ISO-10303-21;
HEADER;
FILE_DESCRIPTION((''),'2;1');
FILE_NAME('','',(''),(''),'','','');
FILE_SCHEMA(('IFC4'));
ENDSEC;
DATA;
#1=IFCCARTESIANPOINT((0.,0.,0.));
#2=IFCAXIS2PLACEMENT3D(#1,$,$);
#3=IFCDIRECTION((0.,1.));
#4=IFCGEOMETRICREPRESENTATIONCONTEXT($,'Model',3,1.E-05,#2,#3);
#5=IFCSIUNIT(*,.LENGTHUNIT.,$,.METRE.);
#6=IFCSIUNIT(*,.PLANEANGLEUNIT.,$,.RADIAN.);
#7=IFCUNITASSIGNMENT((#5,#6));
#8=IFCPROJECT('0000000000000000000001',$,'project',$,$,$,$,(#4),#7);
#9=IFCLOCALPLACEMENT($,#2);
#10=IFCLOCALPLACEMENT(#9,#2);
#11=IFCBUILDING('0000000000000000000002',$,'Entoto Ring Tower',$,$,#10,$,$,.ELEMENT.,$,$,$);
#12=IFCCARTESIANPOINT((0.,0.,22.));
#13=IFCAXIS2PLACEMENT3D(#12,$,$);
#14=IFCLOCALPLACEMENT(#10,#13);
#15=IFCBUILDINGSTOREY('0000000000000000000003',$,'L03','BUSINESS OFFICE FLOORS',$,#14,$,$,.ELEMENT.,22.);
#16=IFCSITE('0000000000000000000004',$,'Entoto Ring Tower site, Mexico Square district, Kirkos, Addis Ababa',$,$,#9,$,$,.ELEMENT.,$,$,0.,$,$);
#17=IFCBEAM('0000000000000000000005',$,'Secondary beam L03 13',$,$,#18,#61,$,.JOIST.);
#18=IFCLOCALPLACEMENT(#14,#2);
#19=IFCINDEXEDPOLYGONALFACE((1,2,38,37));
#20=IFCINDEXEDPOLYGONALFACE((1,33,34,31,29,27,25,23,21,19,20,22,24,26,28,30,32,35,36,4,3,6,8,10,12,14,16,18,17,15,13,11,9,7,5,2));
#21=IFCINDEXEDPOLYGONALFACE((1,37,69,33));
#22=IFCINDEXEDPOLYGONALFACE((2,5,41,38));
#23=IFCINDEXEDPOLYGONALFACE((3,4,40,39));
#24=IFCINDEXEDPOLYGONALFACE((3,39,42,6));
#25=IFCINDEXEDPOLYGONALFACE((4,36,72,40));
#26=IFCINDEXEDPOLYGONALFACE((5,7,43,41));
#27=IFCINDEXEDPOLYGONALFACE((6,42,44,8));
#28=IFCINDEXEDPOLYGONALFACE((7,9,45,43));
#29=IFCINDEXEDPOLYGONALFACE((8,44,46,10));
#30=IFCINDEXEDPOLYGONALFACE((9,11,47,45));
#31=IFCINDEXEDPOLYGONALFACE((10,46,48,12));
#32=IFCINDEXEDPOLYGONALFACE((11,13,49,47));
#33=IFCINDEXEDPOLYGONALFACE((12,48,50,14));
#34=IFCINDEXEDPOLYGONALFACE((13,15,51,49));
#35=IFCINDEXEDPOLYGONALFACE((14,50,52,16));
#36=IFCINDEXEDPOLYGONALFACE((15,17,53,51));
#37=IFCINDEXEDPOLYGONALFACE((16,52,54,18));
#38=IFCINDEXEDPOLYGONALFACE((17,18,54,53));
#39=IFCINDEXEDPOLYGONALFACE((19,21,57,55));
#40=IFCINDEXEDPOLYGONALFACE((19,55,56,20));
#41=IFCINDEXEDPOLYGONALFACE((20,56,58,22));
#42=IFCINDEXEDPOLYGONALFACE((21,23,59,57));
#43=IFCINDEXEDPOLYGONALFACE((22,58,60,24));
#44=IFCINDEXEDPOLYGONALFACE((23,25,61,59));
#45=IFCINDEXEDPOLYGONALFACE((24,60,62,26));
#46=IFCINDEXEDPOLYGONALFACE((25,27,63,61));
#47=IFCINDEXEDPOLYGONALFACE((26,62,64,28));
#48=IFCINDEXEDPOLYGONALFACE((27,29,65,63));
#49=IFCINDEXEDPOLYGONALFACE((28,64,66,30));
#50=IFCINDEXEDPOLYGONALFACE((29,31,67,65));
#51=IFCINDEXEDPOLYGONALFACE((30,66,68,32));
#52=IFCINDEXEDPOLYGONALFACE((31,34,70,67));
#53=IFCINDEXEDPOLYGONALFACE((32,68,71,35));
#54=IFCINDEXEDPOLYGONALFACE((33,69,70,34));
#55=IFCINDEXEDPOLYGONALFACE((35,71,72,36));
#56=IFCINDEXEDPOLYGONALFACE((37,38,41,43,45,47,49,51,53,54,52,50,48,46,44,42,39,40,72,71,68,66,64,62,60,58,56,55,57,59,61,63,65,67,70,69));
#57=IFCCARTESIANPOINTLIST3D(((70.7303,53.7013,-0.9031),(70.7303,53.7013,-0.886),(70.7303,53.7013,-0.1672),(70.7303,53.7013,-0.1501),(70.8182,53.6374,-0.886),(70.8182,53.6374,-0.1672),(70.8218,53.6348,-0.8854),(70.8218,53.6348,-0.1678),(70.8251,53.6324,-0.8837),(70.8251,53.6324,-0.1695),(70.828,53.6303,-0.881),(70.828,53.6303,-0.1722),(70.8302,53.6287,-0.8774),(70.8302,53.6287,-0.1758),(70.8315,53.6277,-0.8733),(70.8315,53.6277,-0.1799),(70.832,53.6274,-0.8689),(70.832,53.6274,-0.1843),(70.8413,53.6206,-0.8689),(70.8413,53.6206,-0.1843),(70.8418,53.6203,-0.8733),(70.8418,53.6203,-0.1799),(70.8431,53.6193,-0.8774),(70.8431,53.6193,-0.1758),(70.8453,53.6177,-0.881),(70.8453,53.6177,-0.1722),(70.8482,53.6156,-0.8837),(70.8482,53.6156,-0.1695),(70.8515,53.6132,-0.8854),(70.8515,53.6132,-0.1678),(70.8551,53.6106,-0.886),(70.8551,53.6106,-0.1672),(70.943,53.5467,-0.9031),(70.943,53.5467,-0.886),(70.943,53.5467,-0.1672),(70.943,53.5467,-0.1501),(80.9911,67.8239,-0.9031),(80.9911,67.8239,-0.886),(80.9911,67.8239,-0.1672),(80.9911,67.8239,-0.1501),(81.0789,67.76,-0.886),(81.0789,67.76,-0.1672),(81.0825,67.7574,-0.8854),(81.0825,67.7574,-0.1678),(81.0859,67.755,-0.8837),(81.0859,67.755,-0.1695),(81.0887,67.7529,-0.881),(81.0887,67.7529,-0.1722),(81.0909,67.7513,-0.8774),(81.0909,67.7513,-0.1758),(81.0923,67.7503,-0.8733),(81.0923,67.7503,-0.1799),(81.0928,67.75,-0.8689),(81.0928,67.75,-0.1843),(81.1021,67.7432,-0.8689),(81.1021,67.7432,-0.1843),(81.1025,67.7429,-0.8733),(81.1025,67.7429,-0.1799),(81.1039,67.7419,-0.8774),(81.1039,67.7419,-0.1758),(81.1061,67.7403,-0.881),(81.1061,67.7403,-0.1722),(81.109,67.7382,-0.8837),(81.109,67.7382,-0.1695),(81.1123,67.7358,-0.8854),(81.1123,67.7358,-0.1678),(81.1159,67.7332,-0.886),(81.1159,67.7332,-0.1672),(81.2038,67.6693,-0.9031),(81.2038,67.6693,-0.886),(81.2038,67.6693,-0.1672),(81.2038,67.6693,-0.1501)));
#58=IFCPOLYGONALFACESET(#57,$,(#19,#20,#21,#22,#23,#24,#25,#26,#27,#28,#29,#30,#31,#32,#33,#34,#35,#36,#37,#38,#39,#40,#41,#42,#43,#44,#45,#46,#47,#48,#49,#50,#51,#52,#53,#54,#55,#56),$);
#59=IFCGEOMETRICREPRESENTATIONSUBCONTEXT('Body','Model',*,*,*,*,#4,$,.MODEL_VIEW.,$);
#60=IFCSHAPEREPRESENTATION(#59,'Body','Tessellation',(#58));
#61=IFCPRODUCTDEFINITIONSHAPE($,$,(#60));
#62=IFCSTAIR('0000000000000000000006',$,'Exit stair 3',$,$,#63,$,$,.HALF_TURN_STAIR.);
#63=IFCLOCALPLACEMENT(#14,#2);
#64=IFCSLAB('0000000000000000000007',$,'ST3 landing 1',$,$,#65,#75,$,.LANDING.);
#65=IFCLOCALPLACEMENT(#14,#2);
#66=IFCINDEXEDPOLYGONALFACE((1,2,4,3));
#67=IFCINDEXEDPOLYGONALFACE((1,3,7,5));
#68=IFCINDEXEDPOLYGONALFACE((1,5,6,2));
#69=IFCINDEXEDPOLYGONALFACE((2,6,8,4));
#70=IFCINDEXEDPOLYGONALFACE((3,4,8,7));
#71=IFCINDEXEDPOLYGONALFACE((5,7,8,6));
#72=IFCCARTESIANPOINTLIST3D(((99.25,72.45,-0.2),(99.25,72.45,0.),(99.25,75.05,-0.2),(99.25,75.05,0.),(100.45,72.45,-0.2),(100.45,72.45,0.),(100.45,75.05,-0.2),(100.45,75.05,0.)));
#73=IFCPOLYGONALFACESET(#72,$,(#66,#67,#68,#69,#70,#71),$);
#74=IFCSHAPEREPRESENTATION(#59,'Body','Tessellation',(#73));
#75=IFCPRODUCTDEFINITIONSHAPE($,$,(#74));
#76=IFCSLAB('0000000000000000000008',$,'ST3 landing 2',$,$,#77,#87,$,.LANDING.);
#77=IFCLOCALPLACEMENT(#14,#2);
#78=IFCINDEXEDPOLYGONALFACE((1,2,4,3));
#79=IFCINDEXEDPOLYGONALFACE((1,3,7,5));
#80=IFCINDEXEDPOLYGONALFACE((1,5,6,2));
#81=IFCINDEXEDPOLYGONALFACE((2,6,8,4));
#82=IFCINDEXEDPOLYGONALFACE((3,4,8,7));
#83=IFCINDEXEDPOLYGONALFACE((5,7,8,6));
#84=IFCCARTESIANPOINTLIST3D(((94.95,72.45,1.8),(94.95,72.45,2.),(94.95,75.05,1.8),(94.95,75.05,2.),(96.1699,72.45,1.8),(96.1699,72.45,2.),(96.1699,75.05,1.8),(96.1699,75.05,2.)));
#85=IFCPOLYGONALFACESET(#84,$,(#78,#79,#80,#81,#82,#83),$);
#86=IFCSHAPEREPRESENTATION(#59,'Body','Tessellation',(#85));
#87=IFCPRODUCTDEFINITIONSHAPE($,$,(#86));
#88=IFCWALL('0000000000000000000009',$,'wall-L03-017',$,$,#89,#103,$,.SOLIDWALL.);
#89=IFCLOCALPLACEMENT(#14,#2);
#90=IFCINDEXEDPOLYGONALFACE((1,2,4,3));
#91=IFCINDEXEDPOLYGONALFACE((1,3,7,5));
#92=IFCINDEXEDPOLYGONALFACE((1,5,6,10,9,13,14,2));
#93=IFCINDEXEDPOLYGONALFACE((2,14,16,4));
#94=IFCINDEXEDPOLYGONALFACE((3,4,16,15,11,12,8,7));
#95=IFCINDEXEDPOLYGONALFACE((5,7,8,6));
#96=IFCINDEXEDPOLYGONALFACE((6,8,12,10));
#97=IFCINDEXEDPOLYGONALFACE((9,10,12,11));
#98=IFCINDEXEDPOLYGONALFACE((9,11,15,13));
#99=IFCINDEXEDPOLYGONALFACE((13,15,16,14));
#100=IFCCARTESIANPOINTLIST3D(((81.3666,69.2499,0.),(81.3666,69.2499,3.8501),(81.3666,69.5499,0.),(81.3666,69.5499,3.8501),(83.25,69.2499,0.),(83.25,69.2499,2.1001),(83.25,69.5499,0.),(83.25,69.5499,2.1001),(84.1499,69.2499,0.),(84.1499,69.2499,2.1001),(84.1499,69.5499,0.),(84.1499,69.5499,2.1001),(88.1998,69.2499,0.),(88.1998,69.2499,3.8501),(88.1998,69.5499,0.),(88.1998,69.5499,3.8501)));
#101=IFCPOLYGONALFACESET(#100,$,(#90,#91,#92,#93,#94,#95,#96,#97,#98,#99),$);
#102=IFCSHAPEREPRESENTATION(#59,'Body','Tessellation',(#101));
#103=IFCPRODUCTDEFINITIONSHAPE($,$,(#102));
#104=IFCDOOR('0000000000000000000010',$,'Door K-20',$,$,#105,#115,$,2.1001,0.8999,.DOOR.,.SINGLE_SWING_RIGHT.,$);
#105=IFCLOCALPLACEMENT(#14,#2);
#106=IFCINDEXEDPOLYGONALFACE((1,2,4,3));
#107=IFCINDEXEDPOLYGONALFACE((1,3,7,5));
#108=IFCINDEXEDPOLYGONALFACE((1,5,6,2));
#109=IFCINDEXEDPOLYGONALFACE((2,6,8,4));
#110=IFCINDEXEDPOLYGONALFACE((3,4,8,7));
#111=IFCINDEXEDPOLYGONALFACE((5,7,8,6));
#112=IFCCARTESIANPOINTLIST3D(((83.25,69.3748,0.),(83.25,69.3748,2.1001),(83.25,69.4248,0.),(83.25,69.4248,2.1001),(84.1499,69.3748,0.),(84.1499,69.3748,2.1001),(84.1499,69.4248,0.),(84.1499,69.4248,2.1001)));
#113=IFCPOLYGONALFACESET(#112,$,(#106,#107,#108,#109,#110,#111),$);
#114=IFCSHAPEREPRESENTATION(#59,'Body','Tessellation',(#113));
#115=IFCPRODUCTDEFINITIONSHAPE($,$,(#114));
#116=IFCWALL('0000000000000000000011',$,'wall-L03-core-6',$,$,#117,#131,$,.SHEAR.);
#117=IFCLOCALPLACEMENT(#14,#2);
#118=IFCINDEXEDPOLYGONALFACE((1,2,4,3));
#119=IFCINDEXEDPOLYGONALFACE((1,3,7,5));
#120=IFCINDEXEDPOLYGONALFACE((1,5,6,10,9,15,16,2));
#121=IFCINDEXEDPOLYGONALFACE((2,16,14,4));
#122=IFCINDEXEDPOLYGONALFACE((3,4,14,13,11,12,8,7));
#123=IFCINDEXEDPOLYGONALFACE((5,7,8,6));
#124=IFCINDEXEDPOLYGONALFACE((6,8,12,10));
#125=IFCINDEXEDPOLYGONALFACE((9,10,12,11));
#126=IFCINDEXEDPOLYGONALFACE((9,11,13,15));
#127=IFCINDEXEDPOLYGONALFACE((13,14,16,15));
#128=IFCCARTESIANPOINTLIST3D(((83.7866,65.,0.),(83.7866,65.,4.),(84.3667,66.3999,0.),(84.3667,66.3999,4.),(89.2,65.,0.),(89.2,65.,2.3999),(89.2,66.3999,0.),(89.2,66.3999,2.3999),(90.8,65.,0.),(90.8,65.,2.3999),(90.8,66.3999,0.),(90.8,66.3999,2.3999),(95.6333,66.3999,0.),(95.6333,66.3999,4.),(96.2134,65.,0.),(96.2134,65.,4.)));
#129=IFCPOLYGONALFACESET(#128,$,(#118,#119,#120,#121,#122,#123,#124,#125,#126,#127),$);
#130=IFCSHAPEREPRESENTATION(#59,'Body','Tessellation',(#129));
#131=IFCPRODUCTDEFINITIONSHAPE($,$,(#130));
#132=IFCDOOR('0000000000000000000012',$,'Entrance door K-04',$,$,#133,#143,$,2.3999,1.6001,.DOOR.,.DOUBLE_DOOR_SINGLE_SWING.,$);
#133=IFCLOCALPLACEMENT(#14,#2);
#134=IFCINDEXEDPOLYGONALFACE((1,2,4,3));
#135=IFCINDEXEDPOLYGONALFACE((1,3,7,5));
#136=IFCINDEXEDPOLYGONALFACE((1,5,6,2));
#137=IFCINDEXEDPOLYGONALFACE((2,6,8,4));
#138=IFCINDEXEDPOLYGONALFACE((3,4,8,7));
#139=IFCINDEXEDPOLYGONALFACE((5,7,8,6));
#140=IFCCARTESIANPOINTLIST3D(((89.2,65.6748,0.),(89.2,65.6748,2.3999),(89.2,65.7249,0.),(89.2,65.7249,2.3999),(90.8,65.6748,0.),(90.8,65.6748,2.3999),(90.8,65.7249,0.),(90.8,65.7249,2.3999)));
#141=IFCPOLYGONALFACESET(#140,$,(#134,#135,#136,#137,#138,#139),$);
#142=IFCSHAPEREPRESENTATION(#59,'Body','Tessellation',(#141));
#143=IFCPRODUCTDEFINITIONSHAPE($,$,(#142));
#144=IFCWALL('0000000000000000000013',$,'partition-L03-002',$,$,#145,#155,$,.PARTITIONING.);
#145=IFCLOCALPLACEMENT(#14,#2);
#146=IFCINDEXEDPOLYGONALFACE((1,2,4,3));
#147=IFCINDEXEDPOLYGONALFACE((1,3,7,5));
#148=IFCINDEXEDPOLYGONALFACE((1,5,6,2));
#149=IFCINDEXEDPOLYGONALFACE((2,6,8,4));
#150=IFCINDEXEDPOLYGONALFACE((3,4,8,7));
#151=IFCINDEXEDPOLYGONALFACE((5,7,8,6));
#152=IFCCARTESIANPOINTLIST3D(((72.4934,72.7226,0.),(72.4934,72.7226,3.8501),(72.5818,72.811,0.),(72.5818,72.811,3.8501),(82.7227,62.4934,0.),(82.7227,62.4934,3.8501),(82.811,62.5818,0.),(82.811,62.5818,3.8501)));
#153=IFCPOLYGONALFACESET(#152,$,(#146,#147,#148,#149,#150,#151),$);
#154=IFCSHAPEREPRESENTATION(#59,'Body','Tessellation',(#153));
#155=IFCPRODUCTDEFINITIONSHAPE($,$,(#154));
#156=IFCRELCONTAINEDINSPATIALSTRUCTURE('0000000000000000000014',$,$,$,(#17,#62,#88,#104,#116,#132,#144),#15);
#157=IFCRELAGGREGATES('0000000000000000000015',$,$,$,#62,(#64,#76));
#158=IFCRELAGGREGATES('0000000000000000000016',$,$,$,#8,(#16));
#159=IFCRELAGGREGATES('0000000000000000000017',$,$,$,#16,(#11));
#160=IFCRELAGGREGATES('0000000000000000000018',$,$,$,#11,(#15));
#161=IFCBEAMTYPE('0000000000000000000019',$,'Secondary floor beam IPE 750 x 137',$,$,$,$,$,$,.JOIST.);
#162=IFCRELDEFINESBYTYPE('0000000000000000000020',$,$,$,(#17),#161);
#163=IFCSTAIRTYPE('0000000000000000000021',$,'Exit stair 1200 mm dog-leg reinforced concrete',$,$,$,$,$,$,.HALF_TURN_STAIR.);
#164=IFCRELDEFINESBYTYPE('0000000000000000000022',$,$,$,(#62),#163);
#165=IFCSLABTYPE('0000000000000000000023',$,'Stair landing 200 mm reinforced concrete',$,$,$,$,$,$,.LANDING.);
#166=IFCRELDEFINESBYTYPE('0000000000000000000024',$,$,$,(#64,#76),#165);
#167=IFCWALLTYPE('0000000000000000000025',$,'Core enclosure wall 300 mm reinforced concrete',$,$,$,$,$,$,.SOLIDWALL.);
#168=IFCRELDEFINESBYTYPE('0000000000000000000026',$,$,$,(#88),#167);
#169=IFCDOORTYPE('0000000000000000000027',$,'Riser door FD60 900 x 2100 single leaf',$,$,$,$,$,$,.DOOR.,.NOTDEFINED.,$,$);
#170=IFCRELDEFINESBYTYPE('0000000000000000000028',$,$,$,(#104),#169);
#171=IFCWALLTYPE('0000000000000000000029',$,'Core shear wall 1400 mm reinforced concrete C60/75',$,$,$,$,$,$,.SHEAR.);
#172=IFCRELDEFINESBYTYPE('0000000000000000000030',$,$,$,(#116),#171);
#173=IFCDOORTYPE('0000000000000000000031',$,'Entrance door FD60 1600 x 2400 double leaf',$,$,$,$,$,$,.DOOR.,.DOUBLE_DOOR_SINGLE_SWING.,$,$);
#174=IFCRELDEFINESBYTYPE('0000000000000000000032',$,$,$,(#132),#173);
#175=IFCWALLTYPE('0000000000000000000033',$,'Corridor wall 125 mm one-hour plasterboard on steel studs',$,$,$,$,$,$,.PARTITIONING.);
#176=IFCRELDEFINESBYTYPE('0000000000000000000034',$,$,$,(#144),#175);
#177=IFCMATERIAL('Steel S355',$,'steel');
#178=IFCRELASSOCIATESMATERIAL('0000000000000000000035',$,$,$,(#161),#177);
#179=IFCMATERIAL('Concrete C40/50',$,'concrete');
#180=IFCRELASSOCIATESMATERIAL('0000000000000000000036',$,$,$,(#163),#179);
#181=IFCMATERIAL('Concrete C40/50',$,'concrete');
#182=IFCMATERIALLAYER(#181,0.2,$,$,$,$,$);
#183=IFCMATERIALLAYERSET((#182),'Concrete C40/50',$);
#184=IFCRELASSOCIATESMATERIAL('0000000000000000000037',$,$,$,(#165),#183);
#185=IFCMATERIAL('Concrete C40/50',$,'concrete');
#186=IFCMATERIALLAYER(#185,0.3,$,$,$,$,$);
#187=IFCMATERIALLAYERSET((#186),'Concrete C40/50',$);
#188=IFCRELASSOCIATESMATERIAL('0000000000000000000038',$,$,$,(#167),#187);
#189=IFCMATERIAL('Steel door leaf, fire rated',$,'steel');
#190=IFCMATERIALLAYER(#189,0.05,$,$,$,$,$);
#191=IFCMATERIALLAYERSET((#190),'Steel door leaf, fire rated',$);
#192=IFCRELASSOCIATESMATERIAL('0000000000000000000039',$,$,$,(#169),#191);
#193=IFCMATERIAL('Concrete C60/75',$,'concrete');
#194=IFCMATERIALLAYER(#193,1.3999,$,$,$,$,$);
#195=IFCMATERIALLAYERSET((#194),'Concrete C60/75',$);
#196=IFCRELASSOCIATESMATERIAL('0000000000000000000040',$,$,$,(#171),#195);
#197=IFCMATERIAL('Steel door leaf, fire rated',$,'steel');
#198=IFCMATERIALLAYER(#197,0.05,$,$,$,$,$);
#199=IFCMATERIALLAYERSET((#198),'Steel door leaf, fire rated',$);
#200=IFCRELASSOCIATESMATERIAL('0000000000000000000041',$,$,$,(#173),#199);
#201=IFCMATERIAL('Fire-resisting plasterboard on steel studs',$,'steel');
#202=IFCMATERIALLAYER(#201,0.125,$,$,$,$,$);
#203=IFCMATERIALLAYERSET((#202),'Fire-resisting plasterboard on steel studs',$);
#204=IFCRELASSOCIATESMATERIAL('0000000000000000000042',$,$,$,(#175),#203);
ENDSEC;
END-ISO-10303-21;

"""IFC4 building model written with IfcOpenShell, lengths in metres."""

from ifc_helpers import new_model, si_unit, direction, frame, frame_2d, origin, origin_2d, place, context, subcontext, project, spatial, polyline, rectangle, i_section, outline, extrude, material, layer, layer_set, material_profile, profile_set, type_object, element, fill, aggregate, save


model = new_model("IFC4")

# Units and contexts
model_context = context("Model", 3, precision=1e-05, world=origin(), true_north=direction((0.0, 1.0)))
body_context = subcontext(model_context, "Body", "Model", "MODEL_VIEW")
ifc_project = project(units=[si_unit("LENGTHUNIT", "METRE"), si_unit("PLANEANGLEUNIT", "RADIAN")], contexts=[model_context])

# Site, building, storey
site_placement = place(None, origin())
site = spatial("IfcSite", under=ifc_project, at=site_placement, Name="Entoto Ring Tower site, Mexico Square district, Kirkos, Addis Ababa", CompositionType="ELEMENT", RefElevation=0.0)
building_placement = place(site_placement, origin())
building = spatial("IfcBuilding", under=site, at=building_placement, Name="Entoto Ring Tower", CompositionType="ELEMENT")
storey_placement = place(building_placement, frame((0.0, 0.0, 22.0)))
storey = spatial("IfcBuildingStorey", under=building, at=storey_placement, Name="L03", Description="BUSINESS OFFICE FLOORS", CompositionType="ELEMENT", Elevation=22.0)

# Beam
ifc_material_1 = material(Name="Steel S355", Category="steel")
ifc_material_profile_1 = material_profile(ifc_material_1, i_section(OverallWidth=0.2629, OverallDepth=0.7529, WebThickness=0.0115, FlangeThickness=0.0171, FilletRadius=0.0171, at=origin_2d()), Name="IPE 750 x 137")
ifc_profile_set_1 = profile_set([ifc_material_profile_1], Name="Steel S355")
beam_type_1 = type_object("IfcBeamType", Name="Secondary floor beam IPE 750 x 137", PredefinedType="JOIST", material=ifc_profile_set_1)
for number, where, z_axis, x_axis, name in (
    (1, (81.0974, 67.7466, -0.5266), (-0.587789, -0.809014, 0.0), (0.809014, -0.587789, 0.0), "Secondary beam L03 13"),
):
    element("IfcBeam", number, at=place(storey_placement, frame(where, z_axis=z_axis, x_axis=x_axis)), inside=storey, type_object=beam_type_1, Name=name, PredefinedType="JOIST", context=body_context, shape_type="SweptSolid", body=[
        extrude(i_section(OverallWidth=0.2629, OverallDepth=0.7529, WebThickness=0.0115, FlangeThickness=0.0171, FilletRadius=0.0171, at=origin_2d()), origin(), (0.0, 0.0, 1.0), 17.4565),
    ])

# Stair, slabs
ifc_material_2 = material(Name="Concrete C40/50", Category="concrete")
stair_type = type_object("IfcStairType", Name="Exit stair 1200 mm dog-leg reinforced concrete", PredefinedType="HALF_TURN_STAIR", material=ifc_material_2)
stair_placement = place(storey_placement, origin())
stair = element("IfcStair", 2, at=stair_placement, inside=storey, type_object=stair_type, Name="Exit stair 3", PredefinedType="HALF_TURN_STAIR")
ifc_material_3 = material(Name="Concrete C40/50", Category="concrete")
ifc_layer_1 = layer(ifc_material_3, 0.2)
ifc_layer_set_1 = layer_set([ifc_layer_1], Name="Concrete C40/50")
slab_type_1 = type_object("IfcSlabType", Name="Stair landing 200 mm reinforced concrete", PredefinedType="LANDING", material=ifc_layer_set_1)
slab_1_placement = place(storey_placement, frame((0.0, 0.0, -0.2)))
slab_1 = element("IfcSlab", 3, at=slab_1_placement, type_object=slab_type_1, Name="ST3 landing 1", PredefinedType="LANDING", context=body_context, shape_type="SweptSolid", body=[
    extrude(outline(polyline([(100.45, 72.45), (100.45, 75.05), (99.25, 75.05), (99.25, 72.45), (100.45, 72.45)])), origin(), (0.0, 0.0, 1.0), 0.2),
])
slab_2_placement = place(storey_placement, frame((0.0, 0.0, 1.8)))
slab_2 = element("IfcSlab", 4, at=slab_2_placement, type_object=slab_type_1, Name="ST3 landing 2", PredefinedType="LANDING", context=body_context, shape_type="SweptSolid", body=[
    extrude(outline(polyline([(94.95, 72.45), (96.1699, 72.45), (96.1699, 75.05), (94.95, 75.05), (94.95, 72.45)])), origin(), (0.0, 0.0, 1.0), 0.2),
])
aggregate(stair, [slab_1, slab_2])

# Walls, openings, doors
ifc_material_4 = material(Name="Concrete C40/50", Category="concrete")
ifc_layer_2 = layer(ifc_material_4, 0.3)
ifc_layer_set_2 = layer_set([ifc_layer_2], Name="Concrete C40/50")
wall_type_1 = type_object("IfcWallType", Name="Core enclosure wall 300 mm reinforced concrete", PredefinedType="SOLIDWALL", material=ifc_layer_set_2)
wall_1_placement = place(storey_placement, frame((81.3667, 69.3999, 0.0), z_axis=(0.0, 0.0, 1.0), x_axis=(1.0, 0.0, 0.0)))
wall_1 = element("IfcWall", 5, at=wall_1_placement, inside=storey, type_object=wall_type_1, Name="wall-L03-017", PredefinedType="SOLIDWALL", context=body_context, shape_type="SweptSolid", body=[
    extrude(rectangle(XDim=6.8333, YDim=0.3, at=frame_2d((3.4165, 0.0))), origin(), (0.0, 0.0, 1.0), 3.8501),
])
opening_1_placement = place(wall_1_placement, frame((1.8833, 0.0, 0.0)))
opening_1 = element("IfcOpeningElement", 6, at=opening_1_placement, cuts=wall_1, PredefinedType="OPENING", context=body_context, shape_type="SweptSolid", body=[
    extrude(rectangle(XDim=0.8999, YDim=2.1001, at=frame_2d((0.45, 1.05))), frame((0.0, 0.1602, 0.0), z_axis=(0.0, -1.0, 0.0), x_axis=(1.0, 0.0, 0.0)), (0.0, 0.0, 1.0), 0.3201),
])
ifc_material_5 = material(Name="Steel door leaf, fire rated", Category="steel")
ifc_layer_3 = layer(ifc_material_5, 0.05)
ifc_layer_set_3 = layer_set([ifc_layer_3], Name="Steel door leaf, fire rated")
door_type_1 = type_object("IfcDoorType", Name="Riser door FD60 900 x 2100 single leaf", OperationType="NOTDEFINED", PredefinedType="DOOR", material=ifc_layer_set_3)
door_1_placement = place(opening_1_placement, origin())
door_1 = element("IfcDoor", 7, at=door_1_placement, inside=storey, type_object=door_type_1, Name="Door K-20", OperationType="SINGLE_SWING_RIGHT", OverallHeight=2.1001, OverallWidth=0.8999, PredefinedType="DOOR", context=body_context, shape_type="SweptSolid", body=[
    extrude(rectangle(XDim=0.8999, YDim=2.1001, at=frame_2d((0.45, 1.05))), frame((0.0, 0.0249, 0.0), z_axis=(0.0, -1.0, 0.0), x_axis=(1.0, 0.0, 0.0)), (0.0, 0.0, 1.0), 0.05),
])
fill(opening_1, door_1)
ifc_material_6 = material(Name="Concrete C60/75", Category="concrete")
ifc_layer_4 = layer(ifc_material_6, 1.3999)
ifc_layer_set_4 = layer_set([ifc_layer_4], Name="Concrete C60/75")
wall_type_2 = type_object("IfcWallType", Name="Core shear wall 1400 mm reinforced concrete C60/75", PredefinedType="SHEAR", material=ifc_layer_set_4)
wall_2_placement = place(storey_placement, frame((84.0767, 65.7, 0.0), z_axis=(0.0, 0.0, 1.0), x_axis=(1.0, 0.0, 0.0)))
wall_2 = element("IfcWall", 8, at=wall_2_placement, inside=storey, type_object=wall_type_2, Name="wall-L03-core-6", PredefinedType="SHEAR", context=body_context, shape_type="SweptSolid", body=[
    extrude(outline(polyline([(-0.29, -0.7), (12.1367, -0.7), (11.5566, 0.7), (0.29, 0.7), (-0.29, -0.7)])), origin(), (0.0, 0.0, 1.0), 4.0),
])
opening_2_placement = place(wall_2_placement, frame((5.1233, 0.0, 0.0)))
opening_2 = element("IfcOpeningElement", 9, at=opening_2_placement, cuts=wall_2, PredefinedType="OPENING", context=body_context, shape_type="SweptSolid", body=[
    extrude(rectangle(XDim=1.6001, YDim=2.3999, at=frame_2d((0.8, 1.2))), frame((0.0, 0.71, 0.0), z_axis=(0.0, -1.0, 0.0), x_axis=(1.0, 0.0, 0.0)), (0.0, 0.0, 1.0), 1.4199),
])
ifc_material_7 = material(Name="Steel door leaf, fire rated", Category="steel")
ifc_layer_5 = layer(ifc_material_7, 0.05)
ifc_layer_set_5 = layer_set([ifc_layer_5], Name="Steel door leaf, fire rated")
door_type_2 = type_object("IfcDoorType", Name="Entrance door FD60 1600 x 2400 double leaf", OperationType="DOUBLE_DOOR_SINGLE_SWING", PredefinedType="DOOR", material=ifc_layer_set_5)
door_2_placement = place(opening_2_placement, origin())
door_2 = element("IfcDoor", 10, at=door_2_placement, inside=storey, type_object=door_type_2, Name="Entrance door K-04", OperationType="DOUBLE_DOOR_SINGLE_SWING", OverallHeight=2.3999, OverallWidth=1.6001, PredefinedType="DOOR", context=body_context, shape_type="SweptSolid", body=[
    extrude(rectangle(XDim=1.6001, YDim=2.3999, at=frame_2d((0.8, 1.2))), frame((0.0, 0.0249, 0.0), z_axis=(0.0, -1.0, 0.0), x_axis=(1.0, 0.0, 0.0)), (0.0, 0.0, 1.0), 0.05),
])
fill(opening_2, door_2)

# Wall
ifc_material_8 = material(Name="Fire-resisting plasterboard on steel studs", Category="steel")
ifc_layer_6 = layer(ifc_material_8, 0.125)
ifc_layer_set_6 = layer_set([ifc_layer_6], Name="Fire-resisting plasterboard on steel studs")
wall_type_3 = type_object("IfcWallType", Name="Corridor wall 125 mm one-hour plasterboard on steel studs", PredefinedType="PARTITIONING", material=ifc_layer_set_6)
wall_3_placement = place(storey_placement, frame((82.7668, 62.5376, 0.0), z_axis=(0.0, 0.0, 1.0), x_axis=(-0.707107, 0.707107, 0.0)))
element("IfcWall", 11, at=wall_3_placement, inside=storey, type_object=wall_type_3, Name="partition-L03-002", PredefinedType="PARTITIONING", context=body_context, shape_type="SweptSolid", body=[
    extrude(rectangle(XDim=14.4663, YDim=0.125, at=frame_2d((7.2332, 0.0))), origin(), (0.0, 0.0, 1.0), 3.8501),
])

save(model, "model.ifc")
